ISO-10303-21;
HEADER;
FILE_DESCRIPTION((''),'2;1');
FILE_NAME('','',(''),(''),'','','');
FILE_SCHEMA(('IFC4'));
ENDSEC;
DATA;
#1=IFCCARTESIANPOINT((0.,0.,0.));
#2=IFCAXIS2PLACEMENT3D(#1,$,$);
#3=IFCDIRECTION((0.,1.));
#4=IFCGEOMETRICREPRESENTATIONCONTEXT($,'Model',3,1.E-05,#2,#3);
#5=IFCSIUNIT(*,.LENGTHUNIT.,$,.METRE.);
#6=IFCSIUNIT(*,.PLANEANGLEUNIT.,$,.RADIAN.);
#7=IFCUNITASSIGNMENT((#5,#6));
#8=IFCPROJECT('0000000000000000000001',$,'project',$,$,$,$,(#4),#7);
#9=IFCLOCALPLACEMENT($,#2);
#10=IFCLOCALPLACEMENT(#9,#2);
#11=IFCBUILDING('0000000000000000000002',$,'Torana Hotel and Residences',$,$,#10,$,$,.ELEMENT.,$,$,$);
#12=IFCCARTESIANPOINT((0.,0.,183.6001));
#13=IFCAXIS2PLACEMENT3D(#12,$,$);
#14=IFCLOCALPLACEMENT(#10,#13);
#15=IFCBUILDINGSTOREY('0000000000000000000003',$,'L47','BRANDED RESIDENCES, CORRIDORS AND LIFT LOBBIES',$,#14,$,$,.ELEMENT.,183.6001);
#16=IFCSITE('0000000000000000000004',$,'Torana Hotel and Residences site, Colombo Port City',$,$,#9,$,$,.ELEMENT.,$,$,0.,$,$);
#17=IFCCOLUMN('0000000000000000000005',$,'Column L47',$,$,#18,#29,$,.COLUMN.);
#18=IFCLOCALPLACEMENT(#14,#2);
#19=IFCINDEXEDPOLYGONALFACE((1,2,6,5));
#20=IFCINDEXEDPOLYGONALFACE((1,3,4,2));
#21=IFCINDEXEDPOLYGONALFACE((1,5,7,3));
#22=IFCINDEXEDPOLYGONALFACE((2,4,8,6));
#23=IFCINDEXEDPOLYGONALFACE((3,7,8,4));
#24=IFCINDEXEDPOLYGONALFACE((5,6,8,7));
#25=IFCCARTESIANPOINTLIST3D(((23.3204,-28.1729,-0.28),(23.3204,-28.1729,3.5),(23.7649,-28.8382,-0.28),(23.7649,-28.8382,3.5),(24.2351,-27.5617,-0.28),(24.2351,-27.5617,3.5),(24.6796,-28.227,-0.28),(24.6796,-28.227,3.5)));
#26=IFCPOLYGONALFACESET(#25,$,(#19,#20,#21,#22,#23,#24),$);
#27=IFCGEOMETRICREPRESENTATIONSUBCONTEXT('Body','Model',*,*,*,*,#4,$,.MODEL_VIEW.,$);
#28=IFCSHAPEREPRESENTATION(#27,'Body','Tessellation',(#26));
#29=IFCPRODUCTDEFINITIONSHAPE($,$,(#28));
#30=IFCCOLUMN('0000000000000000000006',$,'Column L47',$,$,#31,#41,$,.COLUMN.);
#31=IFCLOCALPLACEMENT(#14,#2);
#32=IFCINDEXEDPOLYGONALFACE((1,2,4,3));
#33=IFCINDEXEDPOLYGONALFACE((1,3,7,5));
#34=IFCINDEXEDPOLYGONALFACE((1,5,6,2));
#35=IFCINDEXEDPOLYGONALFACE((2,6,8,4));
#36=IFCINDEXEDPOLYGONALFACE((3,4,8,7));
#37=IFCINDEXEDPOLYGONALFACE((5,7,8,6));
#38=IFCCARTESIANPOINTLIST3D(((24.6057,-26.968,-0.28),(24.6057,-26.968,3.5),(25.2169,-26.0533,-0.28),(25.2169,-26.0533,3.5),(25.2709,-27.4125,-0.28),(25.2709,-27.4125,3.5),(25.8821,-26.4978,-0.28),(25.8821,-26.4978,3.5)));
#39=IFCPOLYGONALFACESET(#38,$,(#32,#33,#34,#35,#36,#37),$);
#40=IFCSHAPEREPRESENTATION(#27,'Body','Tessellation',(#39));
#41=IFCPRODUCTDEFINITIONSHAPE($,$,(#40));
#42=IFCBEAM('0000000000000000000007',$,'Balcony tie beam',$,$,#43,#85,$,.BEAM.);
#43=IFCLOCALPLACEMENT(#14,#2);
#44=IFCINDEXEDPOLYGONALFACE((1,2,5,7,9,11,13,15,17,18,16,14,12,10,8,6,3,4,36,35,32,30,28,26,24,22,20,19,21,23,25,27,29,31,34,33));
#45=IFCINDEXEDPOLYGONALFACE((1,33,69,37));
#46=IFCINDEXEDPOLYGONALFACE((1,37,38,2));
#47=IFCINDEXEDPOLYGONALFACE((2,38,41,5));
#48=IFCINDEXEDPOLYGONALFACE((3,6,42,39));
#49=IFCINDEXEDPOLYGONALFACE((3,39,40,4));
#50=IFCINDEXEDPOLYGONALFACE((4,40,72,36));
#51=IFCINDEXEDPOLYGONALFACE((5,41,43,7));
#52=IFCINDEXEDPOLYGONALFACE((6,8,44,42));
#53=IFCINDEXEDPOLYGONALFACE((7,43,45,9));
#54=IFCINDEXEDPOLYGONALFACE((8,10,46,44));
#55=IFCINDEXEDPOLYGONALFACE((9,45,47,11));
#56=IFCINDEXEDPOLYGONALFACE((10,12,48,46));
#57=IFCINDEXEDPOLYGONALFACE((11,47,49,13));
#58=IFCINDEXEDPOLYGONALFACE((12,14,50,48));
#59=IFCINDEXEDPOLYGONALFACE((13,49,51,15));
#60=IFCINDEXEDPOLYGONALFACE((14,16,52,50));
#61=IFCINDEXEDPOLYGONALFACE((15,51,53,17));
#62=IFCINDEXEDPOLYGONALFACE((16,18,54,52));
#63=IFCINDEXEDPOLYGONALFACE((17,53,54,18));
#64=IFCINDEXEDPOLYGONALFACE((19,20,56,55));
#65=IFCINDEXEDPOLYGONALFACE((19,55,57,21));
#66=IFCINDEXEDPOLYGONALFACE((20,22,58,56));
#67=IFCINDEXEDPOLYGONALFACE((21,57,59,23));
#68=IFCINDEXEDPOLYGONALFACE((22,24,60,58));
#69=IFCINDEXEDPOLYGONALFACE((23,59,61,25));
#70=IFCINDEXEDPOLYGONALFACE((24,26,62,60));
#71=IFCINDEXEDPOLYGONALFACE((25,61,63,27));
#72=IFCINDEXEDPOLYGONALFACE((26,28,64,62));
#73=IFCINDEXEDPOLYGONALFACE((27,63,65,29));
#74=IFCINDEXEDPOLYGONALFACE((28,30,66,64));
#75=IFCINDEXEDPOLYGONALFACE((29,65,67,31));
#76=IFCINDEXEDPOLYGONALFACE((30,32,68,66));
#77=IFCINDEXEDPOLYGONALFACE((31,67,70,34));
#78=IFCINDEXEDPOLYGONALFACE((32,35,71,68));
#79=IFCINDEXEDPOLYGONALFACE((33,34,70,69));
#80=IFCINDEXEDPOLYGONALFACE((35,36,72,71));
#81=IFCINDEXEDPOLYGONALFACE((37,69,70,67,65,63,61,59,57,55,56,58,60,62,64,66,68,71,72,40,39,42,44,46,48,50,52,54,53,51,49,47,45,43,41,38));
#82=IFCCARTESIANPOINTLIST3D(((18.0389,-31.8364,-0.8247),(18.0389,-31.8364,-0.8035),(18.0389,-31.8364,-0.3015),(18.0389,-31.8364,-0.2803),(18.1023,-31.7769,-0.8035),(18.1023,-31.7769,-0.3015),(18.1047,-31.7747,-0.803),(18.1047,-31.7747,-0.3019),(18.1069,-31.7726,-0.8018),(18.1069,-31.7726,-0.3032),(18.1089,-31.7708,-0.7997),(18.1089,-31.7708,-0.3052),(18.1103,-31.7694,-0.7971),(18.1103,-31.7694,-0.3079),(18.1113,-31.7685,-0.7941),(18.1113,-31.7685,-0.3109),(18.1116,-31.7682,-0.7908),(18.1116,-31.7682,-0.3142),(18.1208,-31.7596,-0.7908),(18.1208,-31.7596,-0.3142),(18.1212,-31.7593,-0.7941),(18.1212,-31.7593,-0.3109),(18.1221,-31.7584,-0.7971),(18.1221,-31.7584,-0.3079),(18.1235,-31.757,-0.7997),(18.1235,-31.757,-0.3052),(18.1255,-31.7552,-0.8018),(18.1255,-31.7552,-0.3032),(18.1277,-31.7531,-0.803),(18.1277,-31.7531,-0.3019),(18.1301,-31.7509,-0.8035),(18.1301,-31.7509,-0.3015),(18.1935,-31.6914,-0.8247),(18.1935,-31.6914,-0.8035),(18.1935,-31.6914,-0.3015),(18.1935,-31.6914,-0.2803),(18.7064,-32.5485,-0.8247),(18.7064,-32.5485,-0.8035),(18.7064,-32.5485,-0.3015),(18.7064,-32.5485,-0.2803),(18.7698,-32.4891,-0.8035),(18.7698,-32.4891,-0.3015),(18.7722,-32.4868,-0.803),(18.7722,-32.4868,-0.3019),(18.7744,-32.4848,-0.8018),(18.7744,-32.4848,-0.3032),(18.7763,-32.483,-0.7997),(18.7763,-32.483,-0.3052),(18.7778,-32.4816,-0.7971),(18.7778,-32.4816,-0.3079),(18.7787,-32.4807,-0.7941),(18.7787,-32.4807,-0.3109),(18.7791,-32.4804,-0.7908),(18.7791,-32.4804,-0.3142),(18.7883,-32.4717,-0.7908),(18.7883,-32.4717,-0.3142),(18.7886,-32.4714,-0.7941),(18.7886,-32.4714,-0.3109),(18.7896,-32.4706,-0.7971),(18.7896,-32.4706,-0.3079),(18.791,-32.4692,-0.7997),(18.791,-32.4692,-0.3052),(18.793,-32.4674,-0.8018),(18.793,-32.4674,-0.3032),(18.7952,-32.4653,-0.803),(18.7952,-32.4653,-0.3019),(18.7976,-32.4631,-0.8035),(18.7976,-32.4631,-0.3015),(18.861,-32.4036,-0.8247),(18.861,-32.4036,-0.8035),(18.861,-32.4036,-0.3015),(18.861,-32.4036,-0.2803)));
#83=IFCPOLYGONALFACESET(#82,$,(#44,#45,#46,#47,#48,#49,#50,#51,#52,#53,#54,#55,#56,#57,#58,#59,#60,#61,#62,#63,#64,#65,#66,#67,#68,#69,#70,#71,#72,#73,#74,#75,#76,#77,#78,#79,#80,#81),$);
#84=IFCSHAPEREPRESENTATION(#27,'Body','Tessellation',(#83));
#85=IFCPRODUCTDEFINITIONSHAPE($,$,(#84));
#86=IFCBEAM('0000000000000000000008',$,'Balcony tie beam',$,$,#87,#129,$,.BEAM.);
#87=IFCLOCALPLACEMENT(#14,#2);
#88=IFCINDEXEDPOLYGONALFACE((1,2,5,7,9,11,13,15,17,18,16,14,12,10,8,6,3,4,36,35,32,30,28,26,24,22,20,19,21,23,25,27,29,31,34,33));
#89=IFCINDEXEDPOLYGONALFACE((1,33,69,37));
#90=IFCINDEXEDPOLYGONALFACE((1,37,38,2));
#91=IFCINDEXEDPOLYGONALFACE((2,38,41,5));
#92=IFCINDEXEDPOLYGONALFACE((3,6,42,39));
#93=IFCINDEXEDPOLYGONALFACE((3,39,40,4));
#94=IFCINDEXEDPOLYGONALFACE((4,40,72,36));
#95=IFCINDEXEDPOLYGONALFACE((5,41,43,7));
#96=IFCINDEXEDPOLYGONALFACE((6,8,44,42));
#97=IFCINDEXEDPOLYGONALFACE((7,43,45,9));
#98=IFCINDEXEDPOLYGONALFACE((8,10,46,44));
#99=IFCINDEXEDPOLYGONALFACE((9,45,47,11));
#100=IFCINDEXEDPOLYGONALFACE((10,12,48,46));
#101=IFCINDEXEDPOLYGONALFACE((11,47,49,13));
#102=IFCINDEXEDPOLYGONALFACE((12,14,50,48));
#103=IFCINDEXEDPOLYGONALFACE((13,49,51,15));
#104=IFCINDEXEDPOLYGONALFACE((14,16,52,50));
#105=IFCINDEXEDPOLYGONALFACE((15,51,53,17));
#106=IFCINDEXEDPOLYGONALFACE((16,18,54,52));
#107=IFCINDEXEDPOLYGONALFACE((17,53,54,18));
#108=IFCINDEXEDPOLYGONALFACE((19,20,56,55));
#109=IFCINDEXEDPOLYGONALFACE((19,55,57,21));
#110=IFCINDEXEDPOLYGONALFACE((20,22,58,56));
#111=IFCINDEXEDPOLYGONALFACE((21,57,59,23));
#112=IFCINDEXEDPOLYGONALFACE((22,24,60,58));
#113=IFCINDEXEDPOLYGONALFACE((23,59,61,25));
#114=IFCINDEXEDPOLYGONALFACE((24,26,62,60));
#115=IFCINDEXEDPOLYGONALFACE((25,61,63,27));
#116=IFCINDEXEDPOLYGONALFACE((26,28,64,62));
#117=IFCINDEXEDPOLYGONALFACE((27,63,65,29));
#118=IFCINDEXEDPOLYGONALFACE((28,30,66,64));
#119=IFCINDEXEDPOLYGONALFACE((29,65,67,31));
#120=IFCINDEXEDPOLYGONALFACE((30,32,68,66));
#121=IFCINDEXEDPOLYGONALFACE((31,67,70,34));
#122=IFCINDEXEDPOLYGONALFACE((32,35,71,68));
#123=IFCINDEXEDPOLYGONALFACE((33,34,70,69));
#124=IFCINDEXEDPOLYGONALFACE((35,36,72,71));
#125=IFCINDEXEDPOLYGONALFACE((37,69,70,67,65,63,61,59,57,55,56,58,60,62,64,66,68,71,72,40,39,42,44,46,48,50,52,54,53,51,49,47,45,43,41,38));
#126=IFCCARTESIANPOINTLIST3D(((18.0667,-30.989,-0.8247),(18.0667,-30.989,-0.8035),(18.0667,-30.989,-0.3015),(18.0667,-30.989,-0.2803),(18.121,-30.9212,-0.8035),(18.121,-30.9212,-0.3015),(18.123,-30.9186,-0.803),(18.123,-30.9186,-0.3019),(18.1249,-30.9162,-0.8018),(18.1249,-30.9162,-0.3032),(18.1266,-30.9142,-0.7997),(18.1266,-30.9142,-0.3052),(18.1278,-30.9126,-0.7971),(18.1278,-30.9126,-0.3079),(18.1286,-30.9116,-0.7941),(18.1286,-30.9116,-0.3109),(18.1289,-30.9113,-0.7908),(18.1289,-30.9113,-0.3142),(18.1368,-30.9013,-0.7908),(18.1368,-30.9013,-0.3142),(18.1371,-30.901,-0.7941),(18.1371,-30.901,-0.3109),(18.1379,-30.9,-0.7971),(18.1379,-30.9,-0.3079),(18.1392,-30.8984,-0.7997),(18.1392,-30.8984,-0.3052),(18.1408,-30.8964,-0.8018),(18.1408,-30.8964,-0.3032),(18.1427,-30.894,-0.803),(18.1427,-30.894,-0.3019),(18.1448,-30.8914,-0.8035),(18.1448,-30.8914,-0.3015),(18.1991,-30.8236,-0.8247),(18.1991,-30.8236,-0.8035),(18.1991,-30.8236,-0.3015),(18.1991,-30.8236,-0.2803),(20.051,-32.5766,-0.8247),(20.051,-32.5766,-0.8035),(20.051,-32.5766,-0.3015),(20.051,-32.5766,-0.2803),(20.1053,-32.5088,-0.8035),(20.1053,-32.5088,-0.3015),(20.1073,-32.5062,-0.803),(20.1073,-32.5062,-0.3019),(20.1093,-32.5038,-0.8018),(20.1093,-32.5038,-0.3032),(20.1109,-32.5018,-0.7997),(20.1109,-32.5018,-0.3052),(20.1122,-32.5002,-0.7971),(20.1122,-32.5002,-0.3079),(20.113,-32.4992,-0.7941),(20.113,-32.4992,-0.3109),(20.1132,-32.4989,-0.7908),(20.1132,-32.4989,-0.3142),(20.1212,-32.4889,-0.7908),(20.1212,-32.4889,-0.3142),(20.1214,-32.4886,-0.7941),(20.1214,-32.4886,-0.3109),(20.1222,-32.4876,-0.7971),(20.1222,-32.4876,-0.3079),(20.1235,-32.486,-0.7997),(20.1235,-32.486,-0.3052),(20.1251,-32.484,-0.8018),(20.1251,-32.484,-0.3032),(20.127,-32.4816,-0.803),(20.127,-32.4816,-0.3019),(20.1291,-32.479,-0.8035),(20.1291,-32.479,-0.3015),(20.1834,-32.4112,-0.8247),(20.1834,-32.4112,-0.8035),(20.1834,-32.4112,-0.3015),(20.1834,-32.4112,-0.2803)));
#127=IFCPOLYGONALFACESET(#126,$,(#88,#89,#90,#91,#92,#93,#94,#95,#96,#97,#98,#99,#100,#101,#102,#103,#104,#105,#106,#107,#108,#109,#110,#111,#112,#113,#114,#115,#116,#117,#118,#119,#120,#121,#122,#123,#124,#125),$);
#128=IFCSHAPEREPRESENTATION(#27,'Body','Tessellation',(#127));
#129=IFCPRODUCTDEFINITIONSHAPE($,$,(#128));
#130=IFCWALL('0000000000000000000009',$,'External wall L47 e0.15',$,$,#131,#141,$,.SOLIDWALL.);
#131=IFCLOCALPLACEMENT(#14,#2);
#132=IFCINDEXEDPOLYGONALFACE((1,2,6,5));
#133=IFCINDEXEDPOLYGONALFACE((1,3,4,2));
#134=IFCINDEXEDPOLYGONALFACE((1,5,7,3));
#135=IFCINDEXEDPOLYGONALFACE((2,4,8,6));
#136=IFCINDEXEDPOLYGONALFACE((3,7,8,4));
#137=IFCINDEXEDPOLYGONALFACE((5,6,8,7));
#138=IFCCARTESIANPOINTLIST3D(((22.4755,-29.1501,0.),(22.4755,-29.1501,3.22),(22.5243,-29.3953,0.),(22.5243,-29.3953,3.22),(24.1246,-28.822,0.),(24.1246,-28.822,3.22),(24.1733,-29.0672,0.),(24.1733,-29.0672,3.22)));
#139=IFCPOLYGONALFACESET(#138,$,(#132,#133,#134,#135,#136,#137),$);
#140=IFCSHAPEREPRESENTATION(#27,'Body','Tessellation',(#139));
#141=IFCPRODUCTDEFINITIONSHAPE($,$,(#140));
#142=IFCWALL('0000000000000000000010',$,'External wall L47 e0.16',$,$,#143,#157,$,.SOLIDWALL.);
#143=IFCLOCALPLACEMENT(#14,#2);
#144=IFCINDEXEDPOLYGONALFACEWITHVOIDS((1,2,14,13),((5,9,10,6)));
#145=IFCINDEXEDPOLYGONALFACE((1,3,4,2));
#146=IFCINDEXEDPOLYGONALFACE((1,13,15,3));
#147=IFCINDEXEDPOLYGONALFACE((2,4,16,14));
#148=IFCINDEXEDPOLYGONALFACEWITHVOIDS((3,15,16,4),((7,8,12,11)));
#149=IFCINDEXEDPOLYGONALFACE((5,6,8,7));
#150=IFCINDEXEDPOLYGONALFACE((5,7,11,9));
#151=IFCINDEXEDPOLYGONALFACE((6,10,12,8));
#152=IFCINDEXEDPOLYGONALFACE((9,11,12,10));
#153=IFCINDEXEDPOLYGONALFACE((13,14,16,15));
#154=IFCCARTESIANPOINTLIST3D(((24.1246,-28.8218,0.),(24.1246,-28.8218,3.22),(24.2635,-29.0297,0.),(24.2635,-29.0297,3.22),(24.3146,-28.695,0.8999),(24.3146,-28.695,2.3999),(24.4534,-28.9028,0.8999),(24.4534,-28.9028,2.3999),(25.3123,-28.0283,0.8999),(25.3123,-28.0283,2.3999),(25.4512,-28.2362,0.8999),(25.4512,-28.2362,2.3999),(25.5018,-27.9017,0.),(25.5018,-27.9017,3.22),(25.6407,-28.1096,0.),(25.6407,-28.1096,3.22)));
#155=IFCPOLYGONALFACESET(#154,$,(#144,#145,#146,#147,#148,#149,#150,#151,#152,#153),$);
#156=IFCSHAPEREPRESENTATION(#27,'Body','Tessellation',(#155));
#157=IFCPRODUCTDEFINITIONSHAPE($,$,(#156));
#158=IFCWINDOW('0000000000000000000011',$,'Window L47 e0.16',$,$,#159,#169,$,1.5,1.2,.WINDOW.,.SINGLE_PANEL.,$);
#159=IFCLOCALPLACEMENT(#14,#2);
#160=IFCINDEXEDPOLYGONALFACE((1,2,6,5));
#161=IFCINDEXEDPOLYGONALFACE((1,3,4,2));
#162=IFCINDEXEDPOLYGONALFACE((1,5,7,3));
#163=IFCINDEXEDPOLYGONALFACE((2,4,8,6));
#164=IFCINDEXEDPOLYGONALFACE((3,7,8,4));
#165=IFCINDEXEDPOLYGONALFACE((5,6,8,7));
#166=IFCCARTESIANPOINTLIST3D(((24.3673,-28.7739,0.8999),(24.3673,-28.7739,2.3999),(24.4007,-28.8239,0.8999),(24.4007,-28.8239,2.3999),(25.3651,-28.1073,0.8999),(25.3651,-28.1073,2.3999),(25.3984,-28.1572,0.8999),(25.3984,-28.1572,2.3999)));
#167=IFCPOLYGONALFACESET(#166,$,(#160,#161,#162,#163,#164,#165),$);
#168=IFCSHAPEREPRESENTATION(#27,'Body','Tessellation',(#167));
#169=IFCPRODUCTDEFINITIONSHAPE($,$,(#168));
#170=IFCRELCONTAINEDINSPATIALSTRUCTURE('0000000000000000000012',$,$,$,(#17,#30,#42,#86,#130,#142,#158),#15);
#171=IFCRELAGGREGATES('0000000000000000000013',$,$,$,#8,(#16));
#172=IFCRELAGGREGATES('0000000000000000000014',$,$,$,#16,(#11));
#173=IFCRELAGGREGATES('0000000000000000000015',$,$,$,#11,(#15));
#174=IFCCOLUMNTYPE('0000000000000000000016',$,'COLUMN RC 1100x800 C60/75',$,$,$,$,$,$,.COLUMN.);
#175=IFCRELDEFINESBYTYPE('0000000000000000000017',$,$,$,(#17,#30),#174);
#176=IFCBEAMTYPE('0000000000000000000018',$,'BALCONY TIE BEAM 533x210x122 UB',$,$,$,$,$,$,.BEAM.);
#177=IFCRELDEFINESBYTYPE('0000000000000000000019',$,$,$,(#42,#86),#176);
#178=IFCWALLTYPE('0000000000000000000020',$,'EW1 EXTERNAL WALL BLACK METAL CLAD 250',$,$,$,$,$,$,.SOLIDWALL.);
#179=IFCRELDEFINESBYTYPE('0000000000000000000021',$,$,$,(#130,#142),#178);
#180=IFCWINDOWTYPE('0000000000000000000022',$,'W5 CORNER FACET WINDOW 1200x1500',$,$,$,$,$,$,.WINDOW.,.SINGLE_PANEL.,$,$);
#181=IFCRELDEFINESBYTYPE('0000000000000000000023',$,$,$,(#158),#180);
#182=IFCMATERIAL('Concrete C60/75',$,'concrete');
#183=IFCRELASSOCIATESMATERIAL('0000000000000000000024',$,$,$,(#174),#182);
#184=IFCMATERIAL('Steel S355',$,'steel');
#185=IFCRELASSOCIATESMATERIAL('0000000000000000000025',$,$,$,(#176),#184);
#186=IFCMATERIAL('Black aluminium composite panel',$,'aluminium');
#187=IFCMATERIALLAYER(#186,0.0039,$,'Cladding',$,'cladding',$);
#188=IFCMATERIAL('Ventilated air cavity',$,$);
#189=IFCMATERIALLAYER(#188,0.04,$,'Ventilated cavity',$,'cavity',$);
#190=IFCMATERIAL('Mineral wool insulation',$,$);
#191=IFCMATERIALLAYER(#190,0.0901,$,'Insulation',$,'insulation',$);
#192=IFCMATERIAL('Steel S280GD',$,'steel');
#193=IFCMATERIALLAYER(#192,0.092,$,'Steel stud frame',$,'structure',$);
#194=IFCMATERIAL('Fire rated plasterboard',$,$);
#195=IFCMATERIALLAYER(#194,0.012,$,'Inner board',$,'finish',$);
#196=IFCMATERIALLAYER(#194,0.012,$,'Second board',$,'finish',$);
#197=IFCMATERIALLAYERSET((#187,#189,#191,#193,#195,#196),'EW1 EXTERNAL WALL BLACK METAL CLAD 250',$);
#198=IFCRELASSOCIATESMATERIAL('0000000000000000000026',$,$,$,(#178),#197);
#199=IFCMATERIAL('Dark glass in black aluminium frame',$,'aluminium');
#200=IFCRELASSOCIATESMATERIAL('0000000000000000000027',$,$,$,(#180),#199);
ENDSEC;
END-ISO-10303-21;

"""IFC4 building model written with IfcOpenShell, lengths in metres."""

from ifc_helpers import new_model, si_unit, direction, frame, frame_2d, origin, origin_2d, place, context, subcontext, project, spatial, rectangle, i_section, extrude, material, layer, layer_set, material_profile, profile_set, type_object, element, fill, save


model = new_model("IFC4")

# Units and contexts
model_context = context("Model", 3, precision=1e-05, world=origin(), true_north=direction((0.0, 1.0)))
body_context = subcontext(model_context, "Body", "Model", "MODEL_VIEW")
ifc_project = project(units=[si_unit("LENGTHUNIT", "METRE"), si_unit("PLANEANGLEUNIT", "RADIAN")], contexts=[model_context])

# Site, building, storey
site_placement = place(None, origin())
site = spatial("IfcSite", under=ifc_project, at=site_placement, Name="Torana Hotel and Residences site, Colombo Port City", CompositionType="ELEMENT", RefElevation=0.0)
building_placement = place(site_placement, origin())
building = spatial("IfcBuilding", under=site, at=building_placement, Name="Torana Hotel and Residences", CompositionType="ELEMENT")
storey_placement = place(building_placement, frame((0.0, 0.0, 183.6001)))
storey = spatial("IfcBuildingStorey", under=building, at=storey_placement, Name="L47", Description="BRANDED RESIDENCES, CORRIDORS AND LIFT LOBBIES", CompositionType="ELEMENT", Elevation=183.6001)

# Columns
ifc_material_1 = material(Name="Concrete C60/75", Category="concrete")
ifc_material_profile_1 = material_profile(ifc_material_1, rectangle(XDim=1.1001, YDim=0.8, at=origin_2d()), Name="RC 1100x800")
ifc_profile_set_1 = profile_set([ifc_material_profile_1], Name="Concrete C60/75")
column_type = type_object("IfcColumnType", Name="COLUMN RC 1100x800 C60/75", PredefinedType="COLUMN", material=ifc_profile_set_1)
for number, where, z_axis, x_axis, name in (
    (1, (24.0, -28.2, -0.28), (0.0, 0.0, 1.0), (0.83146, 0.555585, 0.0), "Column L47"),
    (2, (25.2439, -26.7329, -0.28), (0.0, 0.0, 1.0), (0.555585, 0.83146, 0.0), "Column L47"),
):
    element("IfcColumn", number, at=place(storey_placement, frame(where, z_axis=z_axis, x_axis=x_axis)), inside=storey, type_object=column_type, Name=name, PredefinedType="COLUMN", context=body_context, shape_type="SweptSolid", body=[
        extrude(rectangle(XDim=1.1001, YDim=0.8, at=origin_2d()), origin(), (0.0, 0.0, 1.0), 3.78),
    ])

# Beams
ifc_material_2 = material(Name="Steel S355", Category="steel")
ifc_material_profile_2 = material_profile(ifc_material_2, i_section(OverallWidth=0.2119, OverallDepth=0.5444, WebThickness=0.0127, FlangeThickness=0.0212, FilletRadius=0.0127, at=origin_2d()), Name="533x210x122 UB")
ifc_profile_set_2 = profile_set([ifc_material_profile_2], Name="Steel S355")
beam_type = type_object("IfcBeamType", Name="BALCONY TIE BEAM 533x210x122 UB", PredefinedType="BEAM", material=ifc_profile_set_2)
beam_1_placement = place(storey_placement, frame((18.7837, -32.4761, -0.5525), z_axis=(-0.68385, 0.729623, 0.0), x_axis=(-0.729623, -0.68385, 0.0)))
element("IfcBeam", 3, at=beam_1_placement, inside=storey, type_object=beam_type, Name="Balcony tie beam", PredefinedType="BEAM", context=body_context, shape_type="SweptSolid", body=[
    extrude(i_section(OverallWidth=0.2119, OverallDepth=0.5444, WebThickness=0.0127, FlangeThickness=0.0212, FilletRadius=0.0127, at=origin_2d()), origin(), (0.0, 0.0, 1.0), 0.9761),
])
beam_2_placement = place(storey_placement, frame((20.1172, -32.4939, -0.5525), z_axis=(-0.780841, 0.62473, 0.0), x_axis=(-0.62473, -0.780841, 0.0)))
element("IfcBeam", 4, at=beam_2_placement, inside=storey, type_object=beam_type, Name="Balcony tie beam", PredefinedType="BEAM", context=body_context, shape_type="SweptSolid", body=[
    extrude(i_section(OverallWidth=0.2119, OverallDepth=0.5444, WebThickness=0.0127, FlangeThickness=0.0212, FilletRadius=0.0127, at=origin_2d()), origin(), (0.0, 0.0, 1.0), 2.5413),
])

# Wall
ifc_material_3 = material(Name="Black aluminium composite panel", Category="aluminium")
ifc_layer_1 = layer(ifc_material_3, 0.0039, Name="Cladding", Category="cladding")
ifc_material_4 = material(Name="Ventilated air cavity")
ifc_layer_2 = layer(ifc_material_4, 0.04, Name="Ventilated cavity", Category="cavity")
ifc_material_5 = material(Name="Mineral wool insulation")
ifc_layer_3 = layer(ifc_material_5, 0.0901, Name="Insulation", Category="insulation")
ifc_material_6 = material(Name="Steel S280GD", Category="steel")
ifc_layer_4 = layer(ifc_material_6, 0.092, Name="Steel stud frame", Category="structure")
ifc_material_7 = material(Name="Fire rated plasterboard")
ifc_layer_5 = layer(ifc_material_7, 0.012, Name="Inner board", Category="finish")
ifc_layer_6 = layer(ifc_material_7, 0.012, Name="Second board", Category="finish")
ifc_layer_set_1 = layer_set([ifc_layer_1, ifc_layer_2, ifc_layer_3, ifc_layer_4, ifc_layer_5, ifc_layer_6], Name="EW1 EXTERNAL WALL BLACK METAL CLAD 250")
wall_type_1 = type_object("IfcWallType", Name="EW1 EXTERNAL WALL BLACK METAL CLAD 250", PredefinedType="SOLIDWALL", material=ifc_layer_set_1)
wall_1_placement = place(storey_placement, frame((22.4998, -29.2727, 0.0), z_axis=(0.0, 0.0, 1.0), x_axis=(0.980776, 0.195139, 0.0)))
element("IfcWall", 5, at=wall_1_placement, inside=storey, type_object=wall_type_1, Name="External wall L47 e0.15", PredefinedType="SOLIDWALL", context=body_context, shape_type="SweptSolid", body=[
    extrude(rectangle(XDim=1.6814, YDim=0.25, at=frame_2d((0.8408, 0.0))), origin(), (0.0, 0.0, 1.0), 3.22),
])

# Wall, opening, window
wall_2_placement = place(storey_placement, frame((24.1941, -28.9258, 0.0), z_axis=(0.0, 0.0, 1.0), x_axis=(0.831483, 0.55555, 0.0)))
wall_2 = element("IfcWall", 6, at=wall_2_placement, inside=storey, type_object=wall_type_1, Name="External wall L47 e0.16", PredefinedType="SOLIDWALL", context=body_context, shape_type="SweptSolid", body=[
    extrude(rectangle(XDim=1.6562, YDim=0.25, at=frame_2d((0.8281, 0.0))), origin(), (0.0, 0.0, 1.0), 3.22),
])
opening_1_placement = place(wall_2_placement, frame((0.2283, 0.0, 0.8999)))
opening_1 = element("IfcOpeningElement", 7, at=opening_1_placement, cuts=wall_2, PredefinedType="OPENING", context=body_context, shape_type="SweptSolid", body=[
    extrude(rectangle(XDim=1.2, YDim=1.5, at=frame_2d((0.6001, 0.75))), frame((0.0, 0.135, 0.0), z_axis=(0.0, -1.0, 0.0), x_axis=(1.0, 0.0, 0.0)), (0.0, 0.0, 1.0), 0.27),
])
ifc_material_8 = material(Name="Dark glass in black aluminium frame", Category="aluminium")
window_type_1 = type_object("IfcWindowType", Name="W5 CORNER FACET WINDOW 1200x1500", PartitioningType="SINGLE_PANEL", PredefinedType="WINDOW", material=ifc_material_8)
window_1_placement = place(opening_1_placement, origin())
window_1 = element("IfcWindow", 8, at=window_1_placement, inside=storey, type_object=window_type_1, Name="Window L47 e0.16", OverallHeight=1.5, OverallWidth=1.2, PartitioningType="SINGLE_PANEL", PredefinedType="WINDOW", context=body_context, shape_type="SweptSolid", body=[
    extrude(rectangle(XDim=1.2, YDim=1.5, at=frame_2d((0.6001, 0.75))), frame((0.0, 0.03, 0.0), z_axis=(0.0, -1.0, 0.0), x_axis=(1.0, 0.0, 0.0)), (0.0, 0.0, 1.0), 0.0601),
])
fill(opening_1, window_1)

save(model, "model.ifc")
